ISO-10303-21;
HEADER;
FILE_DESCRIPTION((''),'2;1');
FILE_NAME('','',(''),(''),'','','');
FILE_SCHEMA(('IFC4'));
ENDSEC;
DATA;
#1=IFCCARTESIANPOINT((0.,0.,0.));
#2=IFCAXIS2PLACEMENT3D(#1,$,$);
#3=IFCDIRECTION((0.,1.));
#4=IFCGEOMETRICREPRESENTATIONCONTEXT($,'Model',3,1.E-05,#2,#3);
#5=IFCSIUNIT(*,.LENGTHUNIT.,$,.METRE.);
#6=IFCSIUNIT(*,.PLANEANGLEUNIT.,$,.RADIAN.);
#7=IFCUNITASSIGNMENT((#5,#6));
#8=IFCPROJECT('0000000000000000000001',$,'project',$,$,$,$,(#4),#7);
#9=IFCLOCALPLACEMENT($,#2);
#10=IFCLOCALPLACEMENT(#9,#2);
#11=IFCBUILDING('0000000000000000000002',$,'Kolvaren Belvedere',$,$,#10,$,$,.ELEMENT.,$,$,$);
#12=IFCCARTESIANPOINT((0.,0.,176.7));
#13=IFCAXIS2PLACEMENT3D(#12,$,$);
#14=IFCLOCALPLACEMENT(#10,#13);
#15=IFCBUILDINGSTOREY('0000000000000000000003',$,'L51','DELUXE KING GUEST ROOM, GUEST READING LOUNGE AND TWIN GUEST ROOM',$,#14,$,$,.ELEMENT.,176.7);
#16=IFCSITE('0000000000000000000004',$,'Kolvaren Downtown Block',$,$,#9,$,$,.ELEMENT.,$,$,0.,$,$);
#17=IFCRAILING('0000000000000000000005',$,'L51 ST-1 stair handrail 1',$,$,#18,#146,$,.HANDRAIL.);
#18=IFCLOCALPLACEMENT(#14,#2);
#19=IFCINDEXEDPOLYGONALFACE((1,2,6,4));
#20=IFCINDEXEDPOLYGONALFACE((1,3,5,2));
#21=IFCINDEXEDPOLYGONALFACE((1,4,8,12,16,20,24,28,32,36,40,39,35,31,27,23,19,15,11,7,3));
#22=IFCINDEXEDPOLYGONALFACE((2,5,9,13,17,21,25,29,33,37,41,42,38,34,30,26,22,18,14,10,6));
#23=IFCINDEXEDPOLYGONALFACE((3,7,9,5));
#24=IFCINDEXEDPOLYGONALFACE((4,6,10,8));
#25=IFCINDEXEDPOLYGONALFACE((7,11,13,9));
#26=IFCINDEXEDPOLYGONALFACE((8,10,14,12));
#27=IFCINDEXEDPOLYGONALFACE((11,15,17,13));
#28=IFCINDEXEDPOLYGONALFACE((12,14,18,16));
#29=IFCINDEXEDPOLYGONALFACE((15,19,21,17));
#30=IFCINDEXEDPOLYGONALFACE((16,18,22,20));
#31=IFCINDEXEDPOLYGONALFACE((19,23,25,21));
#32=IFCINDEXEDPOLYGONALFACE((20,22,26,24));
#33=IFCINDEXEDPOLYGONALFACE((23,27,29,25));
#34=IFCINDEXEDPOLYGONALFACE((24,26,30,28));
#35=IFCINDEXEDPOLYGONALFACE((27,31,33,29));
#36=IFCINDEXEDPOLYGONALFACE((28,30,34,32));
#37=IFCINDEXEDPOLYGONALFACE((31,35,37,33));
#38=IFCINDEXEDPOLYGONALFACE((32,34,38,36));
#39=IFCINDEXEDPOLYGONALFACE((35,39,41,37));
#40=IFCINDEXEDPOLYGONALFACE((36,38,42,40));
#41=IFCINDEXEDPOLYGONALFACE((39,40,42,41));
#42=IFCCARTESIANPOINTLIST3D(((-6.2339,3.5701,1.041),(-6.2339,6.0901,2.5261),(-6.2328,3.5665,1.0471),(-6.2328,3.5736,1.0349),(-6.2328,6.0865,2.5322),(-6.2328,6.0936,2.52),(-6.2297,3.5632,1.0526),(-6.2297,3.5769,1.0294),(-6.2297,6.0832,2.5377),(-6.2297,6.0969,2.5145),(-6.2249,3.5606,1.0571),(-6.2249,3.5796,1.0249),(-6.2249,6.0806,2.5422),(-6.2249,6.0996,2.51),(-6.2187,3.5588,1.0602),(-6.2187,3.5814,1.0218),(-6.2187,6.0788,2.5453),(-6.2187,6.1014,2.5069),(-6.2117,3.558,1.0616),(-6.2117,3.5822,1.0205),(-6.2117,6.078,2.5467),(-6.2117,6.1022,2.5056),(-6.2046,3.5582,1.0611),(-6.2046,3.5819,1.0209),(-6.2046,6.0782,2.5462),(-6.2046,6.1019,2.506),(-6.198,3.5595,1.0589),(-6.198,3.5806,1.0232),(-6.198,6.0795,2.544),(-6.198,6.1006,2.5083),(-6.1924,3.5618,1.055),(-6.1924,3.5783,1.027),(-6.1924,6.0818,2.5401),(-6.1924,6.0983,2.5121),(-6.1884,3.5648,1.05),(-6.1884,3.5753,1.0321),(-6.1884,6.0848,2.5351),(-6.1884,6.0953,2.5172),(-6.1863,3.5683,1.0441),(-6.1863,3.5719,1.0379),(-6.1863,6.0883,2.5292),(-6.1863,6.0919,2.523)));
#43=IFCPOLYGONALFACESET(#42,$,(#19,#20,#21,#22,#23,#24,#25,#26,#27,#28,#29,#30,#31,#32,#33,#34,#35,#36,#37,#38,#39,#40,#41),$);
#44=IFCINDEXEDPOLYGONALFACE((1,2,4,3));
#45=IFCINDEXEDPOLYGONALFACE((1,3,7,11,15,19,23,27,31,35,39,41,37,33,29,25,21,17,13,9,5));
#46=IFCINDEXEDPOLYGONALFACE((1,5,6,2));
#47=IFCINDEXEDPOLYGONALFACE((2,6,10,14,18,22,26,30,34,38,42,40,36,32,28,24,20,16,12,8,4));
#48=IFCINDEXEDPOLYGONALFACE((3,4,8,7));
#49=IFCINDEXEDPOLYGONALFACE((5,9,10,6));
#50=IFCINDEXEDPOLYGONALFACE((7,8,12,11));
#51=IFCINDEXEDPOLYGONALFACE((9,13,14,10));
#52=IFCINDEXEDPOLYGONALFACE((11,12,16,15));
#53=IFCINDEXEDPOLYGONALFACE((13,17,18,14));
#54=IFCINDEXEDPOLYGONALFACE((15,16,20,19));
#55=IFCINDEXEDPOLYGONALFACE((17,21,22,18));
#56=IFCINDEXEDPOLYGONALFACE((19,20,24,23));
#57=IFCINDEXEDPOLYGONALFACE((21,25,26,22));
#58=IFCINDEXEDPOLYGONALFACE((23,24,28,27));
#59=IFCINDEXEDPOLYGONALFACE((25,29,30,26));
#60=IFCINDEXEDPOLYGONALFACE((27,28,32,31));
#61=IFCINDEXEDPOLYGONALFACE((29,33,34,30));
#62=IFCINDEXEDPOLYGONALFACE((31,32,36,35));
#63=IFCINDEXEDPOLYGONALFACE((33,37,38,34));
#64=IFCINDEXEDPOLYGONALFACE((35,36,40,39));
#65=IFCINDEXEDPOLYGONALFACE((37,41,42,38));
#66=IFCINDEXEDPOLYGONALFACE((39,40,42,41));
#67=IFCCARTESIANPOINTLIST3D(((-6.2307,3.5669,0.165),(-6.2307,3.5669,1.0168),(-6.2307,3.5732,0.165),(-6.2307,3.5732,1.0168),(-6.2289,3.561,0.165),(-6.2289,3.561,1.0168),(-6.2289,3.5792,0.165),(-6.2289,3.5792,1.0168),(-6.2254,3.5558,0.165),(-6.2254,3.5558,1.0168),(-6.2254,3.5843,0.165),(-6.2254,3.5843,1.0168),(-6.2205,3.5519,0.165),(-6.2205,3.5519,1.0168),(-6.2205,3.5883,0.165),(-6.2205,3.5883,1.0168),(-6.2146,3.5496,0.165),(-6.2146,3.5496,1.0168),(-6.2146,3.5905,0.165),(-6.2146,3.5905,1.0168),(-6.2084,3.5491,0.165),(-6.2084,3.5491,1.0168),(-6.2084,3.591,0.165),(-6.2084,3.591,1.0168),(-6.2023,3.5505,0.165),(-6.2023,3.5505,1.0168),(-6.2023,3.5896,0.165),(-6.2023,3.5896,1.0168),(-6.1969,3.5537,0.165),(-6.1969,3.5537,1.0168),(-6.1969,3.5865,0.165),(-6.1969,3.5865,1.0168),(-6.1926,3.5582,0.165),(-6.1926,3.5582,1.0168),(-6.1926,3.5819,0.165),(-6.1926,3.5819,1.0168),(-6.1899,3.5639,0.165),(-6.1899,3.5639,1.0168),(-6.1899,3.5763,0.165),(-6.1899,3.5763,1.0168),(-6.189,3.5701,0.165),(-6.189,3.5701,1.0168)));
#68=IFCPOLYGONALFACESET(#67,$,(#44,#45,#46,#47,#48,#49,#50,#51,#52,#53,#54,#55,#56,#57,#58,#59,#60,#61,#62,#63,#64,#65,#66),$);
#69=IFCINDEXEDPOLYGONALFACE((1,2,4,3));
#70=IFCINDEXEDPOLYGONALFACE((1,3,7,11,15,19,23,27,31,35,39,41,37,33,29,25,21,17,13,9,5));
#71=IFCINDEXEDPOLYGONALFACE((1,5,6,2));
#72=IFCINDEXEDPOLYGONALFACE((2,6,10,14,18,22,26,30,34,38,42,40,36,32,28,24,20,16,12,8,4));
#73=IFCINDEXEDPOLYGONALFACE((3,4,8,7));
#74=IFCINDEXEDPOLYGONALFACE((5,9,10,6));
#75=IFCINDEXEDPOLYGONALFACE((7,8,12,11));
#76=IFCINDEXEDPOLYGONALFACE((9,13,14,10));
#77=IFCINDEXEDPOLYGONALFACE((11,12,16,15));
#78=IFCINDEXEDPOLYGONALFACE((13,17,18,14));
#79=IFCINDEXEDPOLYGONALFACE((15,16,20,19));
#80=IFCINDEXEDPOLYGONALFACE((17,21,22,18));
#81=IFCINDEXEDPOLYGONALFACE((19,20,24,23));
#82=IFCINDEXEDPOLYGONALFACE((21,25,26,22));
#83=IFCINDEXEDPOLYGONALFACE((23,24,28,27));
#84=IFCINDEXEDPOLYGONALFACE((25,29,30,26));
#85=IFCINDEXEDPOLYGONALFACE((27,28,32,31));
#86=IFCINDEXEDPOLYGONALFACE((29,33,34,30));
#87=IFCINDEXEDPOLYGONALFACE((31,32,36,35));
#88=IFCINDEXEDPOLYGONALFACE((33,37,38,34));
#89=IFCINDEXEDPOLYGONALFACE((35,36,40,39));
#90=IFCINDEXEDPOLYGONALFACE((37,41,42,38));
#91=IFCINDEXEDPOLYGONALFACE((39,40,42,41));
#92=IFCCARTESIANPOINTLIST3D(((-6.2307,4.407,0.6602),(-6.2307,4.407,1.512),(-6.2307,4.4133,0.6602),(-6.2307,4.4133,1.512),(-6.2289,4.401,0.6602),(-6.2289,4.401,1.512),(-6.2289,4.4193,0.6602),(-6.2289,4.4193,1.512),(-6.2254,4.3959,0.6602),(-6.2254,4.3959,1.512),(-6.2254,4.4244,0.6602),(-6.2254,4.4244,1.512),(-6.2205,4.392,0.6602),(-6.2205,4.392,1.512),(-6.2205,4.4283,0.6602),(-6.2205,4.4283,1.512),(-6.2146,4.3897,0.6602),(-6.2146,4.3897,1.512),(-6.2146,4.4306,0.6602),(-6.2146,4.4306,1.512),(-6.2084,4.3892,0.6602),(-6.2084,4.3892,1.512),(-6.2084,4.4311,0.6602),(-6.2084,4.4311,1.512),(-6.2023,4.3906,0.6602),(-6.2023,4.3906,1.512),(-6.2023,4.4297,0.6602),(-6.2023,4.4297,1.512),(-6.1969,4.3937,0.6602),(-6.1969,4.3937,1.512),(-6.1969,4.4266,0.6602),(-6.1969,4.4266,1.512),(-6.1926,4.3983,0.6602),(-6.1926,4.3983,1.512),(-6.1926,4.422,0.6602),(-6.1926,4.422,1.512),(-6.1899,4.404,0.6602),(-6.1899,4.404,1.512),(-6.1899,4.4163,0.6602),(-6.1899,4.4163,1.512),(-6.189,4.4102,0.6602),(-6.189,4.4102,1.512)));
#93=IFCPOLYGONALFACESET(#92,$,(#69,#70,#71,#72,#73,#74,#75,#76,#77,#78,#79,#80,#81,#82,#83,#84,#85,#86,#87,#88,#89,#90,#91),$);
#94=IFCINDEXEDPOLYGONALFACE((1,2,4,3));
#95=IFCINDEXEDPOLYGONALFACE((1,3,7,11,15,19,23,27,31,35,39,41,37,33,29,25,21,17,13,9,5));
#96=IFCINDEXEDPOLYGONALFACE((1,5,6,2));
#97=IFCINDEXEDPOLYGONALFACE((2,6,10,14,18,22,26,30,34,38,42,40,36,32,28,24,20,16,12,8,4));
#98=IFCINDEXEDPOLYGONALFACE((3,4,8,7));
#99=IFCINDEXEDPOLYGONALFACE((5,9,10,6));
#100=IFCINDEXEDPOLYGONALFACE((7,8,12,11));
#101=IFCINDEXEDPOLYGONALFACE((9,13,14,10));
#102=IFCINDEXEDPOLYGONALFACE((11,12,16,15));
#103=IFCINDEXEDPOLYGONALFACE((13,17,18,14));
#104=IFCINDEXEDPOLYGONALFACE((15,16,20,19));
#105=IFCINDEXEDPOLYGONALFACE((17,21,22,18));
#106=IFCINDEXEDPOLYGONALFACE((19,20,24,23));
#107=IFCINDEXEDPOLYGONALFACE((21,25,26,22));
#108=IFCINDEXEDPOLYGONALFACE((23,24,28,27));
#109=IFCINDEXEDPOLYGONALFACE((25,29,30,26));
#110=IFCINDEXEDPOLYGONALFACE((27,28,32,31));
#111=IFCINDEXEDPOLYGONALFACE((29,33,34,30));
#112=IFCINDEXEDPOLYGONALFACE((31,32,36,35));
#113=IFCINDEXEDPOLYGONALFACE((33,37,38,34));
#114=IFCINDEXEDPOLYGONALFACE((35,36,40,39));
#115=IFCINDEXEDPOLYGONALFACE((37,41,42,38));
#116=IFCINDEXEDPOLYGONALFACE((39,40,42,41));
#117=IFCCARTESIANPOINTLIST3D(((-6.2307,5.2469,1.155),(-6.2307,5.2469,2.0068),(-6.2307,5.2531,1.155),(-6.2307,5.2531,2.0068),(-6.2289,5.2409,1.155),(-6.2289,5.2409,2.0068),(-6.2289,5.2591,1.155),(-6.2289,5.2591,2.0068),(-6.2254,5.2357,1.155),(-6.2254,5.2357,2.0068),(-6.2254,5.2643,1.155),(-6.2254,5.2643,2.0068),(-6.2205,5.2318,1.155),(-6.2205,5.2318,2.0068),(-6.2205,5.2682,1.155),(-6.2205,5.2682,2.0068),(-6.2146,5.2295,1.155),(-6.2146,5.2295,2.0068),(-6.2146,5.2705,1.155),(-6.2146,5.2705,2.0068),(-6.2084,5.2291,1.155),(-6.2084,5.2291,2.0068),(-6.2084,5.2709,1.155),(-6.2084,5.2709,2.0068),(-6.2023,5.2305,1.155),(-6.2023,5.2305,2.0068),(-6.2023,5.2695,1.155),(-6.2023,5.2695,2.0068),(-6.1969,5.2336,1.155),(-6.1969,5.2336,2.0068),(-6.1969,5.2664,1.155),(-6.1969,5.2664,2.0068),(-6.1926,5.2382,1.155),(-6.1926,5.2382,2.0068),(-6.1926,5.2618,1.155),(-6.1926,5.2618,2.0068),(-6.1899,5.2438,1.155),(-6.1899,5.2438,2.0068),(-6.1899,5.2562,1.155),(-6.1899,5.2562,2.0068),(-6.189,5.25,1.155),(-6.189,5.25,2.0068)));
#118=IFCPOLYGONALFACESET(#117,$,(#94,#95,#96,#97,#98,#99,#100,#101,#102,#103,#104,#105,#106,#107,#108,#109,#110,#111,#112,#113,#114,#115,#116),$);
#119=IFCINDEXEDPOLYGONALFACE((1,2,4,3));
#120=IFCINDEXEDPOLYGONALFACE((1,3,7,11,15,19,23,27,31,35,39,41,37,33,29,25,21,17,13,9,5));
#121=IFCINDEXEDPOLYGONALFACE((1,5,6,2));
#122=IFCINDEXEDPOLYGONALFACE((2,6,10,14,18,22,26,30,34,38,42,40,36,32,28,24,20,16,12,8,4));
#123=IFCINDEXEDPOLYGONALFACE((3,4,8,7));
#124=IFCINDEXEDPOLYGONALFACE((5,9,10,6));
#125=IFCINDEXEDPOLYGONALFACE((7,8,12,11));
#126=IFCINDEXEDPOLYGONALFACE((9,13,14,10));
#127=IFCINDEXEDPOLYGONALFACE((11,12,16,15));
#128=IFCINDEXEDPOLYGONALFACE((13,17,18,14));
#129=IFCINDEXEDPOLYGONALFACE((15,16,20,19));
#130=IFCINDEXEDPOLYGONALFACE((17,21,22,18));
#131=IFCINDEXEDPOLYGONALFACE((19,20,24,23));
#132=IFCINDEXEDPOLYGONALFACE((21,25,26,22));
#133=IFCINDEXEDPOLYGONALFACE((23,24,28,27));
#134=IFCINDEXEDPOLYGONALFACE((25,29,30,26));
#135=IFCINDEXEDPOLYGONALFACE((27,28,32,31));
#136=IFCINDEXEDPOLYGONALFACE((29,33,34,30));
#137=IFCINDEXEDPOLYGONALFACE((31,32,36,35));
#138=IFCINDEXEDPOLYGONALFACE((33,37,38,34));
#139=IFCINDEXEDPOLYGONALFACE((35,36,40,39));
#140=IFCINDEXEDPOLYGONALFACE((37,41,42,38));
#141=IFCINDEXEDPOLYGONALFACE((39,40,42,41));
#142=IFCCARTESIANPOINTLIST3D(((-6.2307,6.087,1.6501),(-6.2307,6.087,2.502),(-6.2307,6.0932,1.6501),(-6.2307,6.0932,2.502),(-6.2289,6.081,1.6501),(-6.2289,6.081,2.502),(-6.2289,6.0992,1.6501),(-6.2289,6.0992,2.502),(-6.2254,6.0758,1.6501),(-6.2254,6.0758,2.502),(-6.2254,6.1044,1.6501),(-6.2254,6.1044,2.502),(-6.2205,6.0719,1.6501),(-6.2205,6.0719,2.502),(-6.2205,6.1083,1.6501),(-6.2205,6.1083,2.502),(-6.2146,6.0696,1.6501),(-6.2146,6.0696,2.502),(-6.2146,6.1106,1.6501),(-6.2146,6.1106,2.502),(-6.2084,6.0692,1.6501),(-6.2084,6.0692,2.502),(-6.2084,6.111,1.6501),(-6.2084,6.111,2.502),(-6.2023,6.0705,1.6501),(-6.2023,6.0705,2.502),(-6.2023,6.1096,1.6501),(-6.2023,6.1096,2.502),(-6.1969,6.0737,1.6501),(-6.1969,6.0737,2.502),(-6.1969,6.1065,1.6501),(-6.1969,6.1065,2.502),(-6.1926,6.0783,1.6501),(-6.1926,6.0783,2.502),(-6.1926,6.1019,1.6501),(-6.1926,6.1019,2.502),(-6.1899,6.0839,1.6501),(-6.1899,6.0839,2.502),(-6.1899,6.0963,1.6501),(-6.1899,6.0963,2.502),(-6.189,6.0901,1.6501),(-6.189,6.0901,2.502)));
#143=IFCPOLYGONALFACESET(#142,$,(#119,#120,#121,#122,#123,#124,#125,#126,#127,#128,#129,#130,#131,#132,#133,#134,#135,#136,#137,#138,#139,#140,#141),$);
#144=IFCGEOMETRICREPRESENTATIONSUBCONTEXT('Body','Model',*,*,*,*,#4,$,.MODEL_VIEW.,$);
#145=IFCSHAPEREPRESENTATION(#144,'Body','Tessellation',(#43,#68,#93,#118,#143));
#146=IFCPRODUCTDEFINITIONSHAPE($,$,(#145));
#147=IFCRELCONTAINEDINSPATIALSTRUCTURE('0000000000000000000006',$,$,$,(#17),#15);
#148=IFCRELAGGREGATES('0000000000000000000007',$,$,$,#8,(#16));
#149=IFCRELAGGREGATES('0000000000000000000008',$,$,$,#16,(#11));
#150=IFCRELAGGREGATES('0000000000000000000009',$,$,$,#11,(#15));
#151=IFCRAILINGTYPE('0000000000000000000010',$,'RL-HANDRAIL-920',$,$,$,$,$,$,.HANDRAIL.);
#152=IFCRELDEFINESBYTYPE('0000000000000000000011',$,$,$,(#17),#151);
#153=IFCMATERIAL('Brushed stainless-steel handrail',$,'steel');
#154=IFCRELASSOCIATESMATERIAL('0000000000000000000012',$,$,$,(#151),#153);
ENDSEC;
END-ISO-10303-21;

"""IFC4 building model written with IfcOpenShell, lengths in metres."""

from ifc_helpers import new_model, si_unit, direction, frame, origin, origin_2d, place, context, subcontext, project, spatial, circle, extrude, material, type_object, element, save


model = new_model("IFC4")

# Units and contexts
model_context = context("Model", 3, precision=1e-05, world=origin(), true_north=direction((0.0, 1.0)))
body_context = subcontext(model_context, "Body", "Model", "MODEL_VIEW")
ifc_project = project(units=[si_unit("LENGTHUNIT", "METRE"), si_unit("PLANEANGLEUNIT", "RADIAN")], contexts=[model_context])

# Site, building, storey
site_placement = place(None, origin())
site = spatial("IfcSite", under=ifc_project, at=site_placement, Name="Kolvaren Downtown Block", CompositionType="ELEMENT", RefElevation=0.0)
building_placement = place(site_placement, origin())
building = spatial("IfcBuilding", under=site, at=building_placement, Name="Kolvaren Belvedere", CompositionType="ELEMENT")
storey_placement = place(building_placement, frame((0.0, 0.0, 176.7)))
storey = spatial("IfcBuildingStorey", under=building, at=storey_placement, Name="L51", Description="DELUXE KING GUEST ROOM, GUEST READING LOUNGE AND TWIN GUEST ROOM", CompositionType="ELEMENT", Elevation=176.7)

# Railing
ifc_material_1 = material(Name="Brushed stainless-steel handrail", Category="steel")
railing_type_1 = type_object("IfcRailingType", Name="RL-HANDRAIL-920", PredefinedType="HANDRAIL", material=ifc_material_1)
railing_1_placement = place(storey_placement, frame((-6.21, 3.5701, 0.165)))
element("IfcRailing", 1, at=railing_1_placement, inside=storey, type_object=railing_type_1, Name="L51 ST-1 stair handrail 1", PredefinedType="HANDRAIL", context=body_context, shape_type="SweptSolid", body=[
    extrude(circle(Radius=0.0239, at=origin_2d()), frame((0.0, 0.0, 0.876), z_axis=(0.0, 0.861524, 0.507717), x_axis=(-1.0, 0.0, 0.0)), (0.0, 0.0, 1.0), 2.925),
    extrude(circle(Radius=0.021, at=origin_2d()), origin(), (0.0, 0.0, 1.0), 0.8518),
    extrude(circle(Radius=0.021, at=origin_2d()), frame((0.0, 0.8401, 0.4951)), (0.0, 0.0, 1.0), 0.8518),
    extrude(circle(Radius=0.021, at=origin_2d()), frame((0.0, 1.6799, 0.99)), (0.0, 0.0, 1.0), 0.8518),
    extrude(circle(Radius=0.021, at=origin_2d()), frame((0.0, 2.52, 1.4851)), (0.0, 0.0, 1.0), 0.8518),
])

save(model, "model.ifc")
